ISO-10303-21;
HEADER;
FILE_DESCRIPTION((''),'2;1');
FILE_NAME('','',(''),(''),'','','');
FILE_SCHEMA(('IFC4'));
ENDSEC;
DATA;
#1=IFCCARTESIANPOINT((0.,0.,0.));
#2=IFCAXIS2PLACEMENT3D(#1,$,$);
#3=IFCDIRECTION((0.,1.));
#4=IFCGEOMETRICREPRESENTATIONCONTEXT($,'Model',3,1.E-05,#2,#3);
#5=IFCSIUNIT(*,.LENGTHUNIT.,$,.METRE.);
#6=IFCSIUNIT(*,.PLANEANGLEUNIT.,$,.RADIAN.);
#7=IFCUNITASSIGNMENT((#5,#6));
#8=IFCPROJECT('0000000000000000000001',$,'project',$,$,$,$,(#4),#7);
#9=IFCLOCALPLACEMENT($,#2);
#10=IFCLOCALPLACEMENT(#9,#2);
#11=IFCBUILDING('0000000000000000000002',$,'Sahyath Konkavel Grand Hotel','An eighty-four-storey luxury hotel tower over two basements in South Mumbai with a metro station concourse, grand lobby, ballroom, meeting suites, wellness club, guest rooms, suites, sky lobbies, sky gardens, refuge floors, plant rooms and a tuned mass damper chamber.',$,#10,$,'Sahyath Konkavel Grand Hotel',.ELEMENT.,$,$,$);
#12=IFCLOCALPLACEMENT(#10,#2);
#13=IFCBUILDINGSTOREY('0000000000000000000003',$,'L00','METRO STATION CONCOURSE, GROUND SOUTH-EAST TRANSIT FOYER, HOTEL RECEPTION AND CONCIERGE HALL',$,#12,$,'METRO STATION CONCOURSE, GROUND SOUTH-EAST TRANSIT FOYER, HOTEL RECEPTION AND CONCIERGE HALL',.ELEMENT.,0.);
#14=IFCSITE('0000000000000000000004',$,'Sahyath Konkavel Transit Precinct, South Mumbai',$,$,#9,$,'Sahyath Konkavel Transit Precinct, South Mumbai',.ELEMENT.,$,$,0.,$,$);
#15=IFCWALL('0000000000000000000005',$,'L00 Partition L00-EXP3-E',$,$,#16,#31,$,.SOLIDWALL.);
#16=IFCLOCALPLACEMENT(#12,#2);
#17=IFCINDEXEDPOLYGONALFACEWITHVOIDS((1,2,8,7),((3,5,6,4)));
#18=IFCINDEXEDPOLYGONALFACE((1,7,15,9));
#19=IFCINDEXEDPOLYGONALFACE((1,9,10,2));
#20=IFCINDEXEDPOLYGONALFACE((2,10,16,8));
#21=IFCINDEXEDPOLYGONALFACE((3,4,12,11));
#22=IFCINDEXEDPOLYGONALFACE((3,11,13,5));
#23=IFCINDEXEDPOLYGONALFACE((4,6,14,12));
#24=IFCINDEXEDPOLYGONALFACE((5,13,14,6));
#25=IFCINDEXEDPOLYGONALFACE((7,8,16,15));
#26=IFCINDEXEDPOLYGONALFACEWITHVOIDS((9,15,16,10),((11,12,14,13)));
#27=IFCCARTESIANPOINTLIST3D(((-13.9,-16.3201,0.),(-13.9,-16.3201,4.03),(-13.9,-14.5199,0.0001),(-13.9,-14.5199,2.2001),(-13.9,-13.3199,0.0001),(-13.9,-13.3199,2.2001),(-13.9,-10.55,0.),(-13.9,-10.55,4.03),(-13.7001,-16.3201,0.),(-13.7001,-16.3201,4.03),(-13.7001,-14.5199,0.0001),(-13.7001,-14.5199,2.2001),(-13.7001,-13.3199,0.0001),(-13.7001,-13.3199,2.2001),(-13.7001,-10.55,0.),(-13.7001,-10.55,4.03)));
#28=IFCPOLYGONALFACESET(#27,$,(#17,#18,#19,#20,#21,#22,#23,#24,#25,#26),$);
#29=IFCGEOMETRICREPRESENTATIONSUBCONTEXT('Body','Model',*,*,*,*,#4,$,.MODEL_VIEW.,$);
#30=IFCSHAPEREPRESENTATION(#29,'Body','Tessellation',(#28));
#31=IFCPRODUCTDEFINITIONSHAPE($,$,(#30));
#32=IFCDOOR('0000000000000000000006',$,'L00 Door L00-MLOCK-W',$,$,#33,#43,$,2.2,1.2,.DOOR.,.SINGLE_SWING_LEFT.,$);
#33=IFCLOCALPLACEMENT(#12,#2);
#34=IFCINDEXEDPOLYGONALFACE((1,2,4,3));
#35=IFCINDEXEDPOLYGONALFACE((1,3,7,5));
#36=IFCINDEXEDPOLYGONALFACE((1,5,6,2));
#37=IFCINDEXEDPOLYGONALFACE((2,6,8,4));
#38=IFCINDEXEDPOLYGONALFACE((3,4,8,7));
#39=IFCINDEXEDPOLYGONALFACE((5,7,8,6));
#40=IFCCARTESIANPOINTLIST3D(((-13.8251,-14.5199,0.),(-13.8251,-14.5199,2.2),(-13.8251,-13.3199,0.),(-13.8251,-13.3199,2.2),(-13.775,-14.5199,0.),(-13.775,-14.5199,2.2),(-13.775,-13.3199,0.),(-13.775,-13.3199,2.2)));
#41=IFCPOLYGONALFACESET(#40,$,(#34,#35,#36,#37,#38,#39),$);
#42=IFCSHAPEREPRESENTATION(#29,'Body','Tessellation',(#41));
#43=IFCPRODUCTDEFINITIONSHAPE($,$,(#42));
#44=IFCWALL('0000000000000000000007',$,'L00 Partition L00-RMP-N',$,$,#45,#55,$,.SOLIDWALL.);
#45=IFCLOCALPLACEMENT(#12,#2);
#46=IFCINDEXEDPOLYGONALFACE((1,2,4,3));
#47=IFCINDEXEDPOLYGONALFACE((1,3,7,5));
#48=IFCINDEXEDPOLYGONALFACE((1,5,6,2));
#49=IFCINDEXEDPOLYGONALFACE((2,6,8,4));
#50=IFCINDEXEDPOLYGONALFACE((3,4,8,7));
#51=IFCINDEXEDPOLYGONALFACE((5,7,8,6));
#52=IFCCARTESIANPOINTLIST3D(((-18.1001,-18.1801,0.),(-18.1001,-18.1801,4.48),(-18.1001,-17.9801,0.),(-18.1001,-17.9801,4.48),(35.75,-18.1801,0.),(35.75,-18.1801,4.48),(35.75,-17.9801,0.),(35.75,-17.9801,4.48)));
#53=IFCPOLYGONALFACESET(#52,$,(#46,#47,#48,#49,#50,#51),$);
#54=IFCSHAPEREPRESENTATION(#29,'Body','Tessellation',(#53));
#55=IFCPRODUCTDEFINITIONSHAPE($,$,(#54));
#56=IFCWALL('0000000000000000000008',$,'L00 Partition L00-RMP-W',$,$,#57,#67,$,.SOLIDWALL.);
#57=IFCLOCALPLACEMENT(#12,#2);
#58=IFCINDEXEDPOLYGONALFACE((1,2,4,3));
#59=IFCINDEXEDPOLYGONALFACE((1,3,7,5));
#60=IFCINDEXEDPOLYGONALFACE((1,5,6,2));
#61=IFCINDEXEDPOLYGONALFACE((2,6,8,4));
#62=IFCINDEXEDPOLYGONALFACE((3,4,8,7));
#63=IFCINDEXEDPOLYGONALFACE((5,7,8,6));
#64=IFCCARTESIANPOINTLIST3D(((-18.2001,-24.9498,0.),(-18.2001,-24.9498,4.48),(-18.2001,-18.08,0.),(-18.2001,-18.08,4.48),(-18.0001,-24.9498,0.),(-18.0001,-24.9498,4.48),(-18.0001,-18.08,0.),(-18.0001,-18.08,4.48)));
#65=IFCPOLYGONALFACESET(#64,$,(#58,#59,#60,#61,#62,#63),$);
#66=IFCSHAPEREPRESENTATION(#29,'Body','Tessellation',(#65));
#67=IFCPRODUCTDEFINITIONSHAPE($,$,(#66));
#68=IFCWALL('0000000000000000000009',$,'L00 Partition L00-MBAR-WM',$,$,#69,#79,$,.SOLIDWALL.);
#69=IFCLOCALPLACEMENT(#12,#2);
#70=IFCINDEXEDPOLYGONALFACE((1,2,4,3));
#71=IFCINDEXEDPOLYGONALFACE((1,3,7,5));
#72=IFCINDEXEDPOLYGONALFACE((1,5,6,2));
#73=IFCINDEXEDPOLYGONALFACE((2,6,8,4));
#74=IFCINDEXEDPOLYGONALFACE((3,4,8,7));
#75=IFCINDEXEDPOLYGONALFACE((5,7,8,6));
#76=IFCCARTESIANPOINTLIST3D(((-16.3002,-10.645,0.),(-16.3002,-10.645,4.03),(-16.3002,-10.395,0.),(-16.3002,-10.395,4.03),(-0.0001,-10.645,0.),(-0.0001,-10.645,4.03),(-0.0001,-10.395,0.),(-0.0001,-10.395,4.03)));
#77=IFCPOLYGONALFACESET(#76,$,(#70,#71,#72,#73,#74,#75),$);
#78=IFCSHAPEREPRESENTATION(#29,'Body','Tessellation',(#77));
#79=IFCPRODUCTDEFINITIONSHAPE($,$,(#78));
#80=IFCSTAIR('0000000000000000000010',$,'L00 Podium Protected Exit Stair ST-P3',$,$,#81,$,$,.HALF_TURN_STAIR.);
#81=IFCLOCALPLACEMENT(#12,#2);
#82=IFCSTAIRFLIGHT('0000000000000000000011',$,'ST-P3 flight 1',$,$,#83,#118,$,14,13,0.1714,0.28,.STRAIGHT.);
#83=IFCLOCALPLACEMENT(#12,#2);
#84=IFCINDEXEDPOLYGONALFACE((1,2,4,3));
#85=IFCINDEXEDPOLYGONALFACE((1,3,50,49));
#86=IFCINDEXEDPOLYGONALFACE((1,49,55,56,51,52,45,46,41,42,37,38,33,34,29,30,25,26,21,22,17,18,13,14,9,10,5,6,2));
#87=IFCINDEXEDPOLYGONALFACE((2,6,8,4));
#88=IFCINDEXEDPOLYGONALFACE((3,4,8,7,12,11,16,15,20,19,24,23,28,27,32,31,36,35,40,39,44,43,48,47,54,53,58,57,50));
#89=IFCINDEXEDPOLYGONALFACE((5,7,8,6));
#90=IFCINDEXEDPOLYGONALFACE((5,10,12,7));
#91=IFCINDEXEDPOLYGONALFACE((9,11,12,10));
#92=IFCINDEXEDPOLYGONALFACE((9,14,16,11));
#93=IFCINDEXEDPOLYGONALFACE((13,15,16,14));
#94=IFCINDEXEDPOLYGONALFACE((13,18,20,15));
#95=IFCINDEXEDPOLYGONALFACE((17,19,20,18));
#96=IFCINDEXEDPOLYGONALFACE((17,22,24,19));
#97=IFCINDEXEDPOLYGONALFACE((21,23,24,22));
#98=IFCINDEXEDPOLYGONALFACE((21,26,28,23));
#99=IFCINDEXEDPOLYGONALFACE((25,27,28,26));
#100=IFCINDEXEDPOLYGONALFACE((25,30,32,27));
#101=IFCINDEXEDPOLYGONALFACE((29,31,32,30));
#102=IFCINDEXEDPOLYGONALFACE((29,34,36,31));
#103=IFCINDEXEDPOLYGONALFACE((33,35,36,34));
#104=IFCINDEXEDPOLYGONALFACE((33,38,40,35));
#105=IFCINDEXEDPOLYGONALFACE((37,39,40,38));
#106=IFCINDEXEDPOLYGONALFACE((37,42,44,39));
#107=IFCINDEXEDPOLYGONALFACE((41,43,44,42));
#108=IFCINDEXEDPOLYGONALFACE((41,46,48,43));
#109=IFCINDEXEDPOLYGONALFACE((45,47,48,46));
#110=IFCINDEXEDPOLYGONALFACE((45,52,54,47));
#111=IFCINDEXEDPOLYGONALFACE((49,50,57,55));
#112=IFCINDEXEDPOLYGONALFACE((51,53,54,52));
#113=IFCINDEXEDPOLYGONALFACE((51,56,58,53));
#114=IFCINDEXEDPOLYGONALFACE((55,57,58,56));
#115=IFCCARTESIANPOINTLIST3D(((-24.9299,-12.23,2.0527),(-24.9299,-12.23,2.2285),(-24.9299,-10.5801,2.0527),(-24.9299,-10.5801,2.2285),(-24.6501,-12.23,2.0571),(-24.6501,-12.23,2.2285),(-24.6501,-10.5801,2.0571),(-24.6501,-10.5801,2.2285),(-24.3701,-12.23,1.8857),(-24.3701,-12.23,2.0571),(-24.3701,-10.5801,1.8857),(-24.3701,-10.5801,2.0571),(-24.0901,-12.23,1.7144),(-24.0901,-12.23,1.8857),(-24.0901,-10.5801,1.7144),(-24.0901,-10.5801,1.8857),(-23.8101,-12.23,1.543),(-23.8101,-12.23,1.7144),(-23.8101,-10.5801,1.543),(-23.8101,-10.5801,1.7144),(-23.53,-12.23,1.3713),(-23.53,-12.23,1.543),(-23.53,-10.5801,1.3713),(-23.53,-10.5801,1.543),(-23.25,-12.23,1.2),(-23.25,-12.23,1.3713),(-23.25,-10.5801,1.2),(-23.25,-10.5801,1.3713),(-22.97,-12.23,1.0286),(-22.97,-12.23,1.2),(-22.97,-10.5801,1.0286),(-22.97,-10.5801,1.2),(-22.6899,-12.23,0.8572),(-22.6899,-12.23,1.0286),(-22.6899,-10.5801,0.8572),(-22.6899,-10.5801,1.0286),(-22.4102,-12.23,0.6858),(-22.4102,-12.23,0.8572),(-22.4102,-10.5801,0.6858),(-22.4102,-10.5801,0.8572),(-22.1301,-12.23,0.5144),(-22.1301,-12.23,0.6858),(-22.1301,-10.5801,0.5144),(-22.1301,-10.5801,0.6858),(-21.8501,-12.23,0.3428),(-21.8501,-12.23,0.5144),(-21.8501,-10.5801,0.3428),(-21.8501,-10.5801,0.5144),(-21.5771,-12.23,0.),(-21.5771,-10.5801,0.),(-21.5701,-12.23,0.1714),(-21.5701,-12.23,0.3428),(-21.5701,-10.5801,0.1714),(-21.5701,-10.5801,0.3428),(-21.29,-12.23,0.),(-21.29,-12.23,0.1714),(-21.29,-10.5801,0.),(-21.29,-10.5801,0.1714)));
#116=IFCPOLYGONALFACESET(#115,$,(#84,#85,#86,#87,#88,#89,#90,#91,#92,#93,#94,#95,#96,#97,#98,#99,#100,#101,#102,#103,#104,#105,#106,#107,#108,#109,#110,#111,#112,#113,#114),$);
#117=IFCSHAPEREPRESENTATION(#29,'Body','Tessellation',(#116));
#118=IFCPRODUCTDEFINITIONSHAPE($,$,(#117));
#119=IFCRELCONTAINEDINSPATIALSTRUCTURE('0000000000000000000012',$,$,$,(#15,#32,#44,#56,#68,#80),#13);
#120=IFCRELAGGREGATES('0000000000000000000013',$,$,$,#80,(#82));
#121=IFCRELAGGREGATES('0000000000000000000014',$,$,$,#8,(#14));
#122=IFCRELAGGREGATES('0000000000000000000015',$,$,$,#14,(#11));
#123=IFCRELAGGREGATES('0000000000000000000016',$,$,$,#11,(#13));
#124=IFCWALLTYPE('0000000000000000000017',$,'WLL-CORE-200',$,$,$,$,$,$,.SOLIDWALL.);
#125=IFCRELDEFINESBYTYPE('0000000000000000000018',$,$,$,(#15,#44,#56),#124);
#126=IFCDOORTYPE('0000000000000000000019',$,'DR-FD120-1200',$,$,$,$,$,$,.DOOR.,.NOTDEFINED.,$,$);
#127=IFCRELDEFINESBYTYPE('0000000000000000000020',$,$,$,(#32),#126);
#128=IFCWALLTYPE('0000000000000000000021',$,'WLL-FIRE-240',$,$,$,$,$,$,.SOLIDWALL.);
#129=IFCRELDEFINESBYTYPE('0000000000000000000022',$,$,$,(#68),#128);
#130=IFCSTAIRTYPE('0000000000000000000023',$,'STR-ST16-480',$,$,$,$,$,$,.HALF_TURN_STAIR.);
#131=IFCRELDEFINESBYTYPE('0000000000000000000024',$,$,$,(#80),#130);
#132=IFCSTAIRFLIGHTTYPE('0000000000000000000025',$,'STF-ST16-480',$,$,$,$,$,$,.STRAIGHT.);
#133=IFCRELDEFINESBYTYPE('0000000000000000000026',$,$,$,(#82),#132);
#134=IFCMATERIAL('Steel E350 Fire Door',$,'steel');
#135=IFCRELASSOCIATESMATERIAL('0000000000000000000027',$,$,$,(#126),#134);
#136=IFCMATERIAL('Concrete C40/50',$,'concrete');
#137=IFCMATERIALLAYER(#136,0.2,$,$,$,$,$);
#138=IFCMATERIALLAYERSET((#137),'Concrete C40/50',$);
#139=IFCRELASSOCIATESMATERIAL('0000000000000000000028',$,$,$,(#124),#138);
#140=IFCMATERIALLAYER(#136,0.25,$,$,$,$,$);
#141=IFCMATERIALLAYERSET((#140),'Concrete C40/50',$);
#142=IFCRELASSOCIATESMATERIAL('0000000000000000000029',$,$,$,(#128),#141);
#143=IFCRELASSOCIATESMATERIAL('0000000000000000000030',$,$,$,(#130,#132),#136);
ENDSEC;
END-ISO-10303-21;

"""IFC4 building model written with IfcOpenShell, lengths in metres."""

from ifc_helpers import new_model, si_unit, direction, frame, frame_2d, origin, origin_2d, place, context, subcontext, project, spatial, polyline, rectangle, outline, extrude, source, transform, mapped, material, layer, layer_set, type_object, element, fill, aggregate, save


model = new_model("IFC4")

# Units and contexts
model_context = context("Model", 3, precision=1e-05, world=origin(), true_north=direction((0.0, 1.0)))
body_context = subcontext(model_context, "Body", "Model", "MODEL_VIEW")
ifc_project = project(units=[si_unit("LENGTHUNIT", "METRE"), si_unit("PLANEANGLEUNIT", "RADIAN")], contexts=[model_context])

# Site, building, storey
site_placement = place(None, origin())
site = spatial("IfcSite", under=ifc_project, at=site_placement, Name="Sahyath Konkavel Transit Precinct, South Mumbai", LongName="Sahyath Konkavel Transit Precinct, South Mumbai", CompositionType="ELEMENT", RefElevation=0.0)
building_placement = place(site_placement, origin())
building = spatial("IfcBuilding", under=site, at=building_placement, Name="Sahyath Konkavel Grand Hotel", Description="An eighty-four-storey luxury hotel tower over two basements in South Mumbai with a metro station concourse, grand lobby, ballroom, meeting suites, wellness club, guest rooms, suites, sky lobbies, sky gardens, refuge floors, plant rooms and a tuned mass damper chamber.", LongName="Sahyath Konkavel Grand Hotel", CompositionType="ELEMENT")
storey_placement = place(building_placement, origin())
storey = spatial("IfcBuildingStorey", under=building, at=storey_placement, Name="L00", Description="METRO STATION CONCOURSE, GROUND SOUTH-EAST TRANSIT FOYER, HOTEL RECEPTION AND CONCIERGE HALL", LongName="METRO STATION CONCOURSE, GROUND SOUTH-EAST TRANSIT FOYER, HOTEL RECEPTION AND CONCIERGE HALL", CompositionType="ELEMENT", Elevation=0.0)

# Wall, opening, door
ifc_material_1 = material(Name="Concrete C40/50", Category="concrete")
ifc_material_2 = material(Name="Steel E350 Fire Door", Category="steel")
door_type = type_object("IfcDoorType", Name="DR-FD120-1200", OperationType="NOTDEFINED", PredefinedType="DOOR", material=ifc_material_2)
shared_shape_1 = source(origin(), body_context, "Body", "SweptSolid", [
    extrude(rectangle(XDim=1.2, YDim=0.05, at=origin_2d()), origin(), (0.0, 0.0, 1.0), 2.2),
])
ifc_layer_1 = layer(ifc_material_1, 0.2)
ifc_layer_set_1 = layer_set([ifc_layer_1], Name="Concrete C40/50")
wall_type_1 = type_object("IfcWallType", Name="WLL-CORE-200", PredefinedType="SOLIDWALL", material=ifc_layer_set_1)
wall_1_placement = place(storey_placement, frame((-13.8, -16.3201, 0.0), z_axis=(0.0, 0.0, 1.0), x_axis=(0.0, 1.0, 0.0)))
wall_1 = element("IfcWall", 1, at=wall_1_placement, inside=storey, type_object=wall_type_1, Name="L00 Partition L00-EXP3-E", PredefinedType="SOLIDWALL", context=body_context, shape_type="SweptSolid", body=[
    extrude(rectangle(XDim=5.77, YDim=0.2, at=frame_2d((2.885, 0.0))), origin(), (0.0, 0.0, 1.0), 4.03),
])
opening_1_placement = place(wall_1_placement, frame((1.8, 0.0, 0.0)))
opening_1 = element("IfcOpeningElement", 2, at=opening_1_placement, cuts=wall_1, PredefinedType="OPENING", context=body_context, shape_type="SweptSolid", body=[
    extrude(rectangle(XDim=1.2, YDim=2.2, at=frame_2d((0.6001, 1.1001))), frame((0.0, 0.1099, 0.0), z_axis=(0.0, -1.0, 0.0), x_axis=(1.0, 0.0, 0.0)), (0.0, 0.0, 1.0), 0.22),
])
door_1_placement = place(opening_1_placement, frame((0.6001, 0.0, 0.0)))
door_1 = element("IfcDoor", 3, at=door_1_placement, inside=storey, type_object=door_type, Name="L00 Door L00-MLOCK-W", OperationType="SINGLE_SWING_LEFT", OverallHeight=2.2, OverallWidth=1.2, PredefinedType="DOOR", context=body_context, shape_type="MappedRepresentation", body=[
    mapped(shared_shape_1, transform((0.0, 0.0, 0.0), scale=1.0)),
])
fill(opening_1, door_1)

# Walls
wall_2_placement = place(storey_placement, frame((-18.1001, -18.0801, 0.0), z_axis=(0.0, 0.0, 1.0), x_axis=(1.0, 0.0, 0.0)))
element("IfcWall", 4, at=wall_2_placement, inside=storey, type_object=wall_type_1, Name="L00 Partition L00-RMP-N", PredefinedType="SOLIDWALL", context=body_context, shape_type="SweptSolid", body=[
    extrude(rectangle(XDim=53.8501, YDim=0.2, at=frame_2d((26.925, 0.0))), origin(), (0.0, 0.0, 1.0), 4.48),
])
wall_3_placement = place(storey_placement, frame((-18.1001, -24.95, 0.0), z_axis=(0.0, 0.0, 1.0), x_axis=(0.0, 1.0, 0.0)))
element("IfcWall", 5, at=wall_3_placement, inside=storey, type_object=wall_type_1, Name="L00 Partition L00-RMP-W", PredefinedType="SOLIDWALL", context=body_context, shape_type="SweptSolid", body=[
    extrude(rectangle(XDim=6.8699, YDim=0.2, at=frame_2d((3.4351, 0.0))), origin(), (0.0, 0.0, 1.0), 4.48),
])
ifc_layer_2 = layer(ifc_material_1, 0.25)
ifc_layer_set_2 = layer_set([ifc_layer_2], Name="Concrete C40/50")
wall_type_2 = type_object("IfcWallType", Name="WLL-FIRE-240", PredefinedType="SOLIDWALL", material=ifc_layer_set_2)
wall_4_placement = place(storey_placement, frame((-16.3, -10.52, 0.0), z_axis=(0.0, 0.0, 1.0), x_axis=(1.0, 0.0, 0.0)))
element("IfcWall", 6, at=wall_4_placement, inside=storey, type_object=wall_type_2, Name="L00 Partition L00-MBAR-WM", PredefinedType="SOLIDWALL", context=body_context, shape_type="SweptSolid", body=[
    extrude(rectangle(XDim=16.3, YDim=0.25, at=frame_2d((8.1499, 0.0))), origin(), (0.0, 0.0, 1.0), 4.03),
])

# Stair, stair flight
stair_type = type_object("IfcStairType", Name="STR-ST16-480", PredefinedType="HALF_TURN_STAIR", material=ifc_material_1)
stair_placement = place(storey_placement, origin())
stair = element("IfcStair", 7, at=stair_placement, inside=storey, type_object=stair_type, Name="L00 Podium Protected Exit Stair ST-P3", PredefinedType="HALF_TURN_STAIR")
stair_flight_type = type_object("IfcStairFlightType", Name="STF-ST16-480", PredefinedType="STRAIGHT", material=ifc_material_1)
stair_flight_placement = place(storey_placement, frame((-21.29, -11.405, 0.0), z_axis=(0.0, 0.0, 1.0), x_axis=(-1.0, 0.0, 0.0)))
stair_flight = element("IfcStairFlight", 8, at=stair_flight_placement, type_object=stair_flight_type, Name="ST-P3 flight 1", NumberOfRisers=14, NumberOfTreads=13, PredefinedType="STRAIGHT", RiserHeight=0.1714, TreadLength=0.28, context=body_context, shape_type="SweptSolid", body=[
    extrude(outline(polyline([(0.0, 0.0), (0.0, 0.1714), (0.28, 0.1714), (0.28, 0.3428), (0.5601, 0.3428), (0.5601, 0.5144), (0.8401, 0.5144), (0.8401, 0.6858), (1.1201, 0.6858), (1.1201, 0.8572), (1.3999, 0.8572), (1.3999, 1.0286), (1.6799, 1.0286), (1.6799, 1.2), (1.96, 1.2), (1.96, 1.3713), (2.24, 1.3713), (2.24, 1.543), (2.52, 1.543), (2.52, 1.7144), (2.8, 1.7144), (2.8, 1.8857), (3.0801, 1.8857), (3.0801, 2.0571), (3.3601, 2.0571), (3.3601, 2.2285), (3.6399, 2.2285), (3.6399, 2.3999), (3.6399, 2.0527), (0.2871, 0.0), (0.0, 0.0)])), frame((0.0, 0.825, 0.0), z_axis=(0.0, -1.0, 0.0), x_axis=(1.0, 0.0, 0.0)), (0.0, 0.0, 1.0), 1.6499),
])
aggregate(stair, [stair_flight])

save(model, "model.ifc")
